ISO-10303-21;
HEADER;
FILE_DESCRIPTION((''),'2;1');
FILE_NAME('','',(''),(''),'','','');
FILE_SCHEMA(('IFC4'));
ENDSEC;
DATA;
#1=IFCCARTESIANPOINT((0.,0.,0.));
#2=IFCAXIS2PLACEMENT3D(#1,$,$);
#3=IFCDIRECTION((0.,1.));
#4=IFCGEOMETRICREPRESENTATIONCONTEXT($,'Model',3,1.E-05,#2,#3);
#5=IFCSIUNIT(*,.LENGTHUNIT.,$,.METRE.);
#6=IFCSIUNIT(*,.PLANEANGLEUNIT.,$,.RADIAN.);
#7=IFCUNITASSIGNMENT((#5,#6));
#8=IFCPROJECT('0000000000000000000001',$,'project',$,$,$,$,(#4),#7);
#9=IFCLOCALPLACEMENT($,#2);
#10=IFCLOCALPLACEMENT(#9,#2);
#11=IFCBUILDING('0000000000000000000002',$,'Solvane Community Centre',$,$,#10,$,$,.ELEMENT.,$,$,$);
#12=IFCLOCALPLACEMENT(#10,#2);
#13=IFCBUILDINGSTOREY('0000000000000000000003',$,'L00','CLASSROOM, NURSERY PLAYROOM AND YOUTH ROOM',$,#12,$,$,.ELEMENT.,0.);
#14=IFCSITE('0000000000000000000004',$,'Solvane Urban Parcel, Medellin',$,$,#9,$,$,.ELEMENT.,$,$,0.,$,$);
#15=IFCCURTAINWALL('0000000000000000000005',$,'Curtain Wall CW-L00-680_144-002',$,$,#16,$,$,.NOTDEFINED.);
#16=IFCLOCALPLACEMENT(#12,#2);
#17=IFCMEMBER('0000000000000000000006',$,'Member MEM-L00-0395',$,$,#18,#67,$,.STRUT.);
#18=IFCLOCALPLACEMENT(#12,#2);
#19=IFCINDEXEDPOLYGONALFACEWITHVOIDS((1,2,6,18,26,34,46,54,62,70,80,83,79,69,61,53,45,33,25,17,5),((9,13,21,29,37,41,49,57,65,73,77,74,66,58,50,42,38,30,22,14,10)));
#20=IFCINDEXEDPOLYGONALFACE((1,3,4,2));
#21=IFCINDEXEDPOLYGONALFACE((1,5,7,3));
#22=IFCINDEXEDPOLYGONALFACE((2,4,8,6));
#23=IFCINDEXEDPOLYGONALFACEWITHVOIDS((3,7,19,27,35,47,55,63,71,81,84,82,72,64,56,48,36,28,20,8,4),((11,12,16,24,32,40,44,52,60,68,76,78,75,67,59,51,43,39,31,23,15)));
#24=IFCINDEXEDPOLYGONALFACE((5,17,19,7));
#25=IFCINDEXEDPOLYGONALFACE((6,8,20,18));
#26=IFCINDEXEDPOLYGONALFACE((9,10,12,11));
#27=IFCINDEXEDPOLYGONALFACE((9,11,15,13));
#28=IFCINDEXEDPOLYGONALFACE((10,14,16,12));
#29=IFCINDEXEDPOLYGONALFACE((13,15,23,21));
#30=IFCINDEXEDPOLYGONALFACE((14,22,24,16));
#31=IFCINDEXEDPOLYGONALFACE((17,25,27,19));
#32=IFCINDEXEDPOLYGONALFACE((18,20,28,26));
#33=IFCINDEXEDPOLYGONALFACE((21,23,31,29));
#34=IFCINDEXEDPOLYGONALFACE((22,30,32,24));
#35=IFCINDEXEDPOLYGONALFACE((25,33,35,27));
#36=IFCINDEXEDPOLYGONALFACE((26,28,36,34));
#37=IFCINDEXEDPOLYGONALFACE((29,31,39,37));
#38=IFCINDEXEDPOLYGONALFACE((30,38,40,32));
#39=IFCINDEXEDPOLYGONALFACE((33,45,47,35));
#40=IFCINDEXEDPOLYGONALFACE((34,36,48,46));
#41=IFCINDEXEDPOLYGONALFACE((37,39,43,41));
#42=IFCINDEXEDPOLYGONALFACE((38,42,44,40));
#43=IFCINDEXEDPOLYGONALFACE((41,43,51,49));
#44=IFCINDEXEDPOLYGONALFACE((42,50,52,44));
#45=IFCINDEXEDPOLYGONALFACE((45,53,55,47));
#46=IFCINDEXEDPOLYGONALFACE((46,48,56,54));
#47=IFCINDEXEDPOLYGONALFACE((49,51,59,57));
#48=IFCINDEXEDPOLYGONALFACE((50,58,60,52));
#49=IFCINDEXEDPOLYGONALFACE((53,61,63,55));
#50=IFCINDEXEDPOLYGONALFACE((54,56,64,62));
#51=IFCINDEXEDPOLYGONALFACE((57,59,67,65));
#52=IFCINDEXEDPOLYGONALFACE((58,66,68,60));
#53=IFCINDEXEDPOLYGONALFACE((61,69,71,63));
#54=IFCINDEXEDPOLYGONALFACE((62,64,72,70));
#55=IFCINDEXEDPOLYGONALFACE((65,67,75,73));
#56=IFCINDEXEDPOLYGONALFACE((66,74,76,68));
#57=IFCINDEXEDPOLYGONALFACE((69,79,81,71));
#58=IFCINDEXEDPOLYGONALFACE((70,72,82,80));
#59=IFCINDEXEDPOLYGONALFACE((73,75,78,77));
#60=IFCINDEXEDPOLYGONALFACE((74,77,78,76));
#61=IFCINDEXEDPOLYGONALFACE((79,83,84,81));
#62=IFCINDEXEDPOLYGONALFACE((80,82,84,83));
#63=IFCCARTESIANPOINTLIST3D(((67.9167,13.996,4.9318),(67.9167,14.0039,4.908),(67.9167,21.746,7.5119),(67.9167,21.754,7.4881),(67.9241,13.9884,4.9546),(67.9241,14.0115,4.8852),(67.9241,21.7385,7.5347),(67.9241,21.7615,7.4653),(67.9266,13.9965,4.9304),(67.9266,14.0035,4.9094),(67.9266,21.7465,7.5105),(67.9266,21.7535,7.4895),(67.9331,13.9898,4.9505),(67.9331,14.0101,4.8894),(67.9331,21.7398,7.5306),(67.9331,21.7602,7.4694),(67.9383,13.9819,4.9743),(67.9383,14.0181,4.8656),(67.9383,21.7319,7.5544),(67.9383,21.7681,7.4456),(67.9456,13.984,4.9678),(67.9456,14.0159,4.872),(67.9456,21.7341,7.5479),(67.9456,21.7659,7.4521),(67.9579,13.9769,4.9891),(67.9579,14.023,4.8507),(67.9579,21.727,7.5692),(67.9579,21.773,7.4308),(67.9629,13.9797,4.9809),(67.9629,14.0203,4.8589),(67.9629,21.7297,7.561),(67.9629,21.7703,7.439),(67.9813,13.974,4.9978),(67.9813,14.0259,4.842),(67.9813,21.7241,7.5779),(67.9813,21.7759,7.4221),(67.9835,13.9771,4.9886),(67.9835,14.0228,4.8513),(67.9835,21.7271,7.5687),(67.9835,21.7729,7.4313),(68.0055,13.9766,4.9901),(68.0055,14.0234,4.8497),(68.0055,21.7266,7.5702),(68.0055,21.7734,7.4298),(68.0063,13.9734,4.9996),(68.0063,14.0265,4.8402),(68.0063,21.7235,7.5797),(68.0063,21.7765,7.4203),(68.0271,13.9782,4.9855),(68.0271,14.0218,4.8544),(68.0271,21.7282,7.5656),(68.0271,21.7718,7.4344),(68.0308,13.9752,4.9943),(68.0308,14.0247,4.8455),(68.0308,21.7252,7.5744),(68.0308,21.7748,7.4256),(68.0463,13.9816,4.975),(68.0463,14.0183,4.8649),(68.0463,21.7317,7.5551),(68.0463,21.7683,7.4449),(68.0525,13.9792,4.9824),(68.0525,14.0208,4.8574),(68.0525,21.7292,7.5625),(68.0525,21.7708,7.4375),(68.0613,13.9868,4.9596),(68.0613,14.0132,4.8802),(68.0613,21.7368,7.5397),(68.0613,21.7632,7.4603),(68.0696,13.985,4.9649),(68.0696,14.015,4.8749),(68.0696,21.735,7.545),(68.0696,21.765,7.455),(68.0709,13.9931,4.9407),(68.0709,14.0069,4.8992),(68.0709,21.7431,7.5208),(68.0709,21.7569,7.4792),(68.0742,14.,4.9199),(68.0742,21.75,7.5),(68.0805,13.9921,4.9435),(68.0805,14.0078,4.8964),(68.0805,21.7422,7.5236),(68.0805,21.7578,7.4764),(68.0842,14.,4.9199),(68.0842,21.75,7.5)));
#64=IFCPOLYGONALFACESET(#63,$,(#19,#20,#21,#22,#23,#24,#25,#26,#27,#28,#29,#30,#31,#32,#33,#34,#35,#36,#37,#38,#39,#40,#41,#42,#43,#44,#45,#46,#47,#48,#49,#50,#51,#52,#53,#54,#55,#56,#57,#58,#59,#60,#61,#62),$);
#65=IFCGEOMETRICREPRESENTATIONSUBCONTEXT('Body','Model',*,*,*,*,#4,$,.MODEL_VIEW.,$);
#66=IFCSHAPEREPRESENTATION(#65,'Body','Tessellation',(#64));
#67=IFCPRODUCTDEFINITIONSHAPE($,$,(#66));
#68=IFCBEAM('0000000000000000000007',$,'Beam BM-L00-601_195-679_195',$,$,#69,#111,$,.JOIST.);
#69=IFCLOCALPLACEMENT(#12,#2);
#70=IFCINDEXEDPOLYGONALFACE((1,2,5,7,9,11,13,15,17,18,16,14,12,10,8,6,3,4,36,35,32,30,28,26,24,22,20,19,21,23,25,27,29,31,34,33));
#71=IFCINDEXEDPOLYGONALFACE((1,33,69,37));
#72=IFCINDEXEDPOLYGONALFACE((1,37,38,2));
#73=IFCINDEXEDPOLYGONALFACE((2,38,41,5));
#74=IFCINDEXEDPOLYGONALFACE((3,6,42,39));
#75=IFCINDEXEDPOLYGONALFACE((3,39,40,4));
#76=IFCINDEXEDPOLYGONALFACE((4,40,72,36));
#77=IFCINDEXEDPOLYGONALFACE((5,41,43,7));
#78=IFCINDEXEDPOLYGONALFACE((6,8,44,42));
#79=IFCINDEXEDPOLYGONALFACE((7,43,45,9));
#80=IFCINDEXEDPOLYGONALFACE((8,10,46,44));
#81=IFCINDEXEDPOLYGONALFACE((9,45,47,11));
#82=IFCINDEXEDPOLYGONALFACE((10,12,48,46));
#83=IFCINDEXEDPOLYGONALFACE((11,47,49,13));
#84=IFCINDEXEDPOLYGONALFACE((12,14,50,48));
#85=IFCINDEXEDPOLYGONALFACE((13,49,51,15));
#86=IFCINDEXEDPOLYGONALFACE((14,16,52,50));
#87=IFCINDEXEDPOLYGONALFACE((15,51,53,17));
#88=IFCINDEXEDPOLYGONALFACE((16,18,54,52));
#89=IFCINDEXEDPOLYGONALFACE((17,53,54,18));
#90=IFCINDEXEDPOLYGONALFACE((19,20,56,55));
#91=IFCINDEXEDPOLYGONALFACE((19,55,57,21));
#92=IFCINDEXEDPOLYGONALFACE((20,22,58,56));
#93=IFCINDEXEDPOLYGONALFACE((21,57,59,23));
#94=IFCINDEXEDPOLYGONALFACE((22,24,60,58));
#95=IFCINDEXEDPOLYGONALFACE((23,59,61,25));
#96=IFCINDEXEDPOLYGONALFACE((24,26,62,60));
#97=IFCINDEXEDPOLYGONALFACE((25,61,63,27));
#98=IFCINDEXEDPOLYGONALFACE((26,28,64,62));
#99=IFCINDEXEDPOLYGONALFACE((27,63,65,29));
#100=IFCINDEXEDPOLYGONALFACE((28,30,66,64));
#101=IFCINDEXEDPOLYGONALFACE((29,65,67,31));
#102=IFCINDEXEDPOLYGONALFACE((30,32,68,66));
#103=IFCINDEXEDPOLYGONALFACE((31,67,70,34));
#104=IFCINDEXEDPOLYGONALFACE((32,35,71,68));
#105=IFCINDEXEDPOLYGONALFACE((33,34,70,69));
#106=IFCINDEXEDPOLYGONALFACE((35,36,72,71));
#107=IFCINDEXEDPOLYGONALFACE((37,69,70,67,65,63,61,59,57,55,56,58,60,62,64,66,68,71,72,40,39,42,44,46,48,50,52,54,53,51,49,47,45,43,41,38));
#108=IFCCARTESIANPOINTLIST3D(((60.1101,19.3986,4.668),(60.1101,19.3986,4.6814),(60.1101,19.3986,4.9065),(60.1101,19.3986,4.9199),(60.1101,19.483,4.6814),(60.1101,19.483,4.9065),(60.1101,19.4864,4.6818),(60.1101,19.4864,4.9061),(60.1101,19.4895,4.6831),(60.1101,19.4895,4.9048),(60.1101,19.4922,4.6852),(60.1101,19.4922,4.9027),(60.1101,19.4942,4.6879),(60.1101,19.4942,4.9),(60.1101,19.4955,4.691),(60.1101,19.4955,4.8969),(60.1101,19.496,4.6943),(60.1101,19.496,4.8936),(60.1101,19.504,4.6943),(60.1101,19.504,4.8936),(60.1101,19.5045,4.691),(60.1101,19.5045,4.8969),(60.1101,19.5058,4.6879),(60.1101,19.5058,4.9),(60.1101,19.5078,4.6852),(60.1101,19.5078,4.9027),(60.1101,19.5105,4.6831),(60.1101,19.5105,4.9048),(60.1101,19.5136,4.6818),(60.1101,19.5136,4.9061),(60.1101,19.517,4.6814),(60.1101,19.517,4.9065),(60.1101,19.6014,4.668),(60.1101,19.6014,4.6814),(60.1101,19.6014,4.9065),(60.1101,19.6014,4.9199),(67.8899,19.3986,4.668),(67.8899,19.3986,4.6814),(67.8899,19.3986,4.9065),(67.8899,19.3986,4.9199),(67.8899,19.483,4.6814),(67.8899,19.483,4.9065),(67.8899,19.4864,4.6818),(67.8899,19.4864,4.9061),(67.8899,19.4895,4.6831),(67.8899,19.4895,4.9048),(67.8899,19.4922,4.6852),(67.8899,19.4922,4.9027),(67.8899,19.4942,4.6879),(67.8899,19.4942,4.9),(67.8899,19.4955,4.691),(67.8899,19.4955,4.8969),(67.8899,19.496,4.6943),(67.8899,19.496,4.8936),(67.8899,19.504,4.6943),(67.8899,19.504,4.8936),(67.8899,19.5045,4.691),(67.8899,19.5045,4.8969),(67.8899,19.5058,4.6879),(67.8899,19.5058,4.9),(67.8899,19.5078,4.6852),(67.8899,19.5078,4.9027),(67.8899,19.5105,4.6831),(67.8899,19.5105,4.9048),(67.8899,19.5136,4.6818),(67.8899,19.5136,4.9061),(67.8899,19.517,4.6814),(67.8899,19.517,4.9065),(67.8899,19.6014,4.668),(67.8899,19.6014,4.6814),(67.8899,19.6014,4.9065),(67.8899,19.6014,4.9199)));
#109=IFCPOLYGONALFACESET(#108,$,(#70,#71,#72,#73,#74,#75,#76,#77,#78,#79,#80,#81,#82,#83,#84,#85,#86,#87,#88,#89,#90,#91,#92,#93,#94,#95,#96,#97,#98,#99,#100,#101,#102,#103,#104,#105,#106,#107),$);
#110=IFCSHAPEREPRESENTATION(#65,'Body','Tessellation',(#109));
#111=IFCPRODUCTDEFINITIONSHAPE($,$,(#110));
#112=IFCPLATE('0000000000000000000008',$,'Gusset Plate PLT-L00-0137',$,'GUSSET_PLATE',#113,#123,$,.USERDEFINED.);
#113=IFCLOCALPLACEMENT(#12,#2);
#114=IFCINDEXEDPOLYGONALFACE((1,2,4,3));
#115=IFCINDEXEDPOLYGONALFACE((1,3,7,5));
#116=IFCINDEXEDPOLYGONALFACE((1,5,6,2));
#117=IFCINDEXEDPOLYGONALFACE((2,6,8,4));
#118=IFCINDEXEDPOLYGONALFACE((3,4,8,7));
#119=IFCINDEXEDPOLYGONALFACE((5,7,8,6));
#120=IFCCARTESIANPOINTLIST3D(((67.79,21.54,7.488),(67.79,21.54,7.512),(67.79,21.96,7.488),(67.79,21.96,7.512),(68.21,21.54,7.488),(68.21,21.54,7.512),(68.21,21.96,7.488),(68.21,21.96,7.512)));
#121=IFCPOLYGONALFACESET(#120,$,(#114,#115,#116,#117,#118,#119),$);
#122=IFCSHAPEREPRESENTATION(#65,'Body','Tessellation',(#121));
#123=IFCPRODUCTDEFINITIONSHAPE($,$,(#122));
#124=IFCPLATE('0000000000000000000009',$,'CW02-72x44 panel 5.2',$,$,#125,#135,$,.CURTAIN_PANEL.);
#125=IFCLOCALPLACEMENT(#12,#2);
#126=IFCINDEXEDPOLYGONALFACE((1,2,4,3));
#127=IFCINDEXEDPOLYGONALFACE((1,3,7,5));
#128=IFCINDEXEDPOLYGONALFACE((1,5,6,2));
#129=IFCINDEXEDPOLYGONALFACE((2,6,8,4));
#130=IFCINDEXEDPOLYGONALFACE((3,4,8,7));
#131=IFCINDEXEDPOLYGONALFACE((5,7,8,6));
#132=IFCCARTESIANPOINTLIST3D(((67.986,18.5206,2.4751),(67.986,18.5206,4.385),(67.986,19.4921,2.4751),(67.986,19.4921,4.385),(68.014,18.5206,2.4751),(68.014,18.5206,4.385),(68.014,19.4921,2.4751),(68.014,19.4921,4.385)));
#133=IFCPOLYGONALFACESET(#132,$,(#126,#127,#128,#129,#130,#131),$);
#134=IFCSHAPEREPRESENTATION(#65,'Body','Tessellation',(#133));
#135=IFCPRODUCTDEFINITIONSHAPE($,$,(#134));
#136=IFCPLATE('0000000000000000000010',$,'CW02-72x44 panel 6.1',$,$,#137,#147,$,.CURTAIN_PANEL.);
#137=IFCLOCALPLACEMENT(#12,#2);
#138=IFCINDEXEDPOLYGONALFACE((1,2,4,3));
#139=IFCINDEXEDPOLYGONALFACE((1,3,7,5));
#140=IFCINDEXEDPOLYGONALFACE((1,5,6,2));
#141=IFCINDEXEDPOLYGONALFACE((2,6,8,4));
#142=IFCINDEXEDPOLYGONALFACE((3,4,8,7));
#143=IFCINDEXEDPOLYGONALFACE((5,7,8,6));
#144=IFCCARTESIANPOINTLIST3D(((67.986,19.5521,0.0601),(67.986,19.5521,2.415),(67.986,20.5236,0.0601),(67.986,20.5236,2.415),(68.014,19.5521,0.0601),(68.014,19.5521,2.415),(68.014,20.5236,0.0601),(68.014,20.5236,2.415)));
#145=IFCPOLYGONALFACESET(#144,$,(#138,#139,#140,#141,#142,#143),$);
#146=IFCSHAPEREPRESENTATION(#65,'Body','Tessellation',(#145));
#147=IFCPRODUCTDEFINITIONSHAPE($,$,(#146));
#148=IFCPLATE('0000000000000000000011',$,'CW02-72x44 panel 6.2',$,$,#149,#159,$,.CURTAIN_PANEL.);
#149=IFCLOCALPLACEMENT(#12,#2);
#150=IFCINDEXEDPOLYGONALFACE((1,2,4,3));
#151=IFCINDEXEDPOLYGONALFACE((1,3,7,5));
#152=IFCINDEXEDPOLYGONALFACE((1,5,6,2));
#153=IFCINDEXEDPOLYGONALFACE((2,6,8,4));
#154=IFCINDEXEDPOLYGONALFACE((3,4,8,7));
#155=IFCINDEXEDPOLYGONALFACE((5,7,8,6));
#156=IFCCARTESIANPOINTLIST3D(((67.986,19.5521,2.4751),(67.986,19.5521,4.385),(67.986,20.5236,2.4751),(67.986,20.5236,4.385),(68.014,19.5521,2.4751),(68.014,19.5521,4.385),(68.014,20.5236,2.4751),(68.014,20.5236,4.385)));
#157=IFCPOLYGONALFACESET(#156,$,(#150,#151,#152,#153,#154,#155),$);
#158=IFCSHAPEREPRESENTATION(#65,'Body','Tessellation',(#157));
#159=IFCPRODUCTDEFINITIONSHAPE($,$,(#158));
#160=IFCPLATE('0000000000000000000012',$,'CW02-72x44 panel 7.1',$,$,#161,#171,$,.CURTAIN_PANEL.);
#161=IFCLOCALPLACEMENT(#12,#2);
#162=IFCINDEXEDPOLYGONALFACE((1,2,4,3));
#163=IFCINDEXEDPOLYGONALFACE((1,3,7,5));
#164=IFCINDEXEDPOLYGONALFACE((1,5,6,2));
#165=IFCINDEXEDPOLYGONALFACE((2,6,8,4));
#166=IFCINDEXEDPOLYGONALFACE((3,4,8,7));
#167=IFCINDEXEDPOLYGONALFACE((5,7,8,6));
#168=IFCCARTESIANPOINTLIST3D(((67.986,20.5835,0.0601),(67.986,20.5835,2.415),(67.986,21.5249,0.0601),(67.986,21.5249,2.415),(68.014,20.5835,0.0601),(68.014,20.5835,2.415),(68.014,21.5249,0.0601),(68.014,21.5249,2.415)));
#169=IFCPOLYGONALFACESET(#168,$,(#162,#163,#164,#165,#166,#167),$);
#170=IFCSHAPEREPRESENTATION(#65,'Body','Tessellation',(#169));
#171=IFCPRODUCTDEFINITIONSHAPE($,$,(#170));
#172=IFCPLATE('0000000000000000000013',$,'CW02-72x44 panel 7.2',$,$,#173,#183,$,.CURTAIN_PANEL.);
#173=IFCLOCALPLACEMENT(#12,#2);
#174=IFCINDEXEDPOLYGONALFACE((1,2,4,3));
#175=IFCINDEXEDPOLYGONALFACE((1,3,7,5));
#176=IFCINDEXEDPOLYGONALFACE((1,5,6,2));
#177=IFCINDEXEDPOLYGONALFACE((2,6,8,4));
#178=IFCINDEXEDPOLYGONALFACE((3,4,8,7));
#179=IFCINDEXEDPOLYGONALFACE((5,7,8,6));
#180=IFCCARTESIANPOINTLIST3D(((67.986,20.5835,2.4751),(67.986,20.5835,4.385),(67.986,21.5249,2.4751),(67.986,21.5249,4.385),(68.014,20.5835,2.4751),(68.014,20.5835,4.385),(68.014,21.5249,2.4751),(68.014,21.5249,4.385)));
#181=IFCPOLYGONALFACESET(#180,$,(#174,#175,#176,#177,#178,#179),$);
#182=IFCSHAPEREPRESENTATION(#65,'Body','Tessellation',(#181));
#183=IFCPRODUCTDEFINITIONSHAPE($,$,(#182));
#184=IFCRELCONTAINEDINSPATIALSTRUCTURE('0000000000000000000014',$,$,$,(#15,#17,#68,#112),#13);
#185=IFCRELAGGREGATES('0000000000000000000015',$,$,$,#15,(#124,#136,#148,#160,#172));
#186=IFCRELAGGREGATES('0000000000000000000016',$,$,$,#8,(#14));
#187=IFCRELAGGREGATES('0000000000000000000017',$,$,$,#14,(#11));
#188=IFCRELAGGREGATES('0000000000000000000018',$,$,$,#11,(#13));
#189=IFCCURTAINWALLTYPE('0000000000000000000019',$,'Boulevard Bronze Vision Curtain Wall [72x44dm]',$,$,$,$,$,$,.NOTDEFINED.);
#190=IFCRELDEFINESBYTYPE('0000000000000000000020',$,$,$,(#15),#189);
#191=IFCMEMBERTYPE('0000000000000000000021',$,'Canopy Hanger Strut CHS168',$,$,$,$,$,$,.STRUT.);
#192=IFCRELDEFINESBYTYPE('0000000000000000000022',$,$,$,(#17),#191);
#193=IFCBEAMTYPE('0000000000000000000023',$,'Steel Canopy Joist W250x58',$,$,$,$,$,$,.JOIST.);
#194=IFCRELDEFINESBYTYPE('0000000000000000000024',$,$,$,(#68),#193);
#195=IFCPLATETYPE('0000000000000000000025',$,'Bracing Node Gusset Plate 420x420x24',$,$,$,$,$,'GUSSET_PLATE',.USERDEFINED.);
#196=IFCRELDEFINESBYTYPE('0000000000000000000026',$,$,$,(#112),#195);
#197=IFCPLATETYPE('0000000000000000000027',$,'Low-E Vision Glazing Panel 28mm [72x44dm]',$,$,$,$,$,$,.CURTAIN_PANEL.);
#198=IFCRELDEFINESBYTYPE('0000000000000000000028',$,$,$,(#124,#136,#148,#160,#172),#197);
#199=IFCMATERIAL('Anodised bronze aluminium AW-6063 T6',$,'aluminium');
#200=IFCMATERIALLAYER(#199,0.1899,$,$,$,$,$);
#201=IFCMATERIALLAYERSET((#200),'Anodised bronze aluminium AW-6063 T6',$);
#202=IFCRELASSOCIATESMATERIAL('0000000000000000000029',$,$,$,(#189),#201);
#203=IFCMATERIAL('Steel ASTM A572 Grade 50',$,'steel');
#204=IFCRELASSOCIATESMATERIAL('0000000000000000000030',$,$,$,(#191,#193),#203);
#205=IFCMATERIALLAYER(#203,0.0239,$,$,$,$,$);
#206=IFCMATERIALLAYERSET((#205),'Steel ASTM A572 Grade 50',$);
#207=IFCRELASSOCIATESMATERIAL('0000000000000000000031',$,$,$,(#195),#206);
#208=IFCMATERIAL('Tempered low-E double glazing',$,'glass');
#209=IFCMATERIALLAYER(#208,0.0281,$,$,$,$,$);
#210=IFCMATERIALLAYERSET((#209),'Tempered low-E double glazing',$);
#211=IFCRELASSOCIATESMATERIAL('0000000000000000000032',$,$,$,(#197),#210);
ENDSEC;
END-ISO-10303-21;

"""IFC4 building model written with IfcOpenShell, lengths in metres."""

from ifc_helpers import new_model, si_unit, direction, frame, origin, origin_2d, place, context, subcontext, project, spatial, rectangle, hollow_circle, i_section, extrude, material, layer, layer_set, material_profile, profile_set, type_object, element, aggregate, save


model = new_model("IFC4")

# Units and contexts
model_context = context("Model", 3, precision=1e-05, world=origin(), true_north=direction((0.0, 1.0)))
body_context = subcontext(model_context, "Body", "Model", "MODEL_VIEW")
ifc_project = project(units=[si_unit("LENGTHUNIT", "METRE"), si_unit("PLANEANGLEUNIT", "RADIAN")], contexts=[model_context])

# Site, building, storey
site_placement = place(None, origin())
site = spatial("IfcSite", under=ifc_project, at=site_placement, Name="Solvane Urban Parcel, Medellin", CompositionType="ELEMENT", RefElevation=0.0)
building_placement = place(site_placement, origin())
building = spatial("IfcBuilding", under=site, at=building_placement, Name="Solvane Community Centre", CompositionType="ELEMENT")
storey_placement = place(building_placement, origin())
storey = spatial("IfcBuildingStorey", under=building, at=storey_placement, Name="L00", Description="CLASSROOM, NURSERY PLAYROOM AND YOUTH ROOM", CompositionType="ELEMENT", Elevation=0.0)

# Curtain wall
ifc_material_1 = material(Name="Anodised bronze aluminium AW-6063 T6", Category="aluminium")
ifc_layer_1 = layer(ifc_material_1, 0.1899)
ifc_layer_set_1 = layer_set([ifc_layer_1], Name="Anodised bronze aluminium AW-6063 T6")
curtain_wall_type = type_object("IfcCurtainWallType", Name="Boulevard Bronze Vision Curtain Wall [72x44dm]", PredefinedType="NOTDEFINED", material=ifc_layer_set_1)
curtain_wall_placement = place(storey_placement, origin())
curtain_wall = element("IfcCurtainWall", 1, at=curtain_wall_placement, inside=storey, type_object=curtain_wall_type, Name="Curtain Wall CW-L00-680_144-002", PredefinedType="NOTDEFINED")

# Member
ifc_material_2 = material(Name="Steel ASTM A572 Grade 50", Category="steel")
ifc_material_profile_1 = material_profile(ifc_material_2, hollow_circle(Radius=0.0842, WallThickness=0.01, at=origin_2d()), Name="CHS 168.3x10.0")
ifc_profile_set_1 = profile_set([ifc_material_profile_1], Name="Steel ASTM A572 Grade 50")
member_type_1 = type_object("IfcMemberType", Name="Canopy Hanger Strut CHS168", PredefinedType="STRUT", material=ifc_profile_set_1)
member_1_placement = place(storey_placement, frame((68.0, 21.75, 7.5), z_axis=(0.0, -0.948803, -0.315869), x_axis=(1.0, 0.0, 0.0)))
element("IfcMember", 2, at=member_1_placement, inside=storey, type_object=member_type_1, Name="Member MEM-L00-0395", PredefinedType="STRUT", context=body_context, shape_type="SweptSolid", body=[
    extrude(hollow_circle(Radius=0.0842, WallThickness=0.01, at=origin_2d()), origin(), (0.0, 0.0, 1.0), 8.1682),
])

# Beam
ifc_material_profile_2 = material_profile(ifc_material_2, i_section(OverallWidth=0.2029, OverallDepth=0.252, WebThickness=0.0081, FlangeThickness=0.0134, FilletRadius=0.0129, at=origin_2d()), Name="W250x58")
ifc_profile_set_2 = profile_set([ifc_material_profile_2], Name="Steel ASTM A572 Grade 50")
beam_type = type_object("IfcBeamType", Name="Steel Canopy Joist W250x58", PredefinedType="JOIST", material=ifc_profile_set_2)
beam_placement = place(storey_placement, frame((60.1101, 19.5, 4.7939), z_axis=(1.0, 0.0, 0.0), x_axis=(0.0, 1.0, 0.0)))
element("IfcBeam", 3, at=beam_placement, inside=storey, type_object=beam_type, Name="Beam BM-L00-601_195-679_195", PredefinedType="JOIST", context=body_context, shape_type="SweptSolid", body=[
    extrude(i_section(OverallWidth=0.2029, OverallDepth=0.252, WebThickness=0.0081, FlangeThickness=0.0134, FilletRadius=0.0129, at=origin_2d()), origin(), (0.0, 0.0, 1.0), 7.7798),
])

# Plates
ifc_layer_2 = layer(ifc_material_2, 0.0239)
ifc_layer_set_2 = layer_set([ifc_layer_2], Name="Steel ASTM A572 Grade 50")
plate_type_1 = type_object("IfcPlateType", Name="Bracing Node Gusset Plate 420x420x24", ElementType="GUSSET_PLATE", PredefinedType="USERDEFINED", material=ifc_layer_set_2)
plate_1_placement = place(storey_placement, frame((68.0, 21.75, 7.488), z_axis=(0.0, 0.0, 1.0), x_axis=(1.0, 0.0, 0.0)))
element("IfcPlate", 4, at=plate_1_placement, inside=storey, type_object=plate_type_1, Name="Gusset Plate PLT-L00-0137", ObjectType="GUSSET_PLATE", PredefinedType="USERDEFINED", context=body_context, shape_type="SweptSolid", body=[
    extrude(rectangle(XDim=0.4199, YDim=0.4199, at=origin_2d()), origin(), (0.0, 0.0, 1.0), 0.0239),
])
ifc_material_3 = material(Name="Tempered low-E double glazing", Category="glass")
ifc_layer_3 = layer(ifc_material_3, 0.0281)
ifc_layer_set_3 = layer_set([ifc_layer_3], Name="Tempered low-E double glazing")
plate_type_2 = type_object("IfcPlateType", Name="Low-E Vision Glazing Panel 28mm [72x44dm]", PredefinedType="CURTAIN_PANEL", material=ifc_layer_set_3)
plate_2_placement = place(storey_placement, frame((68.0, 19.0063, 2.4751), z_axis=(0.0, 0.0, 1.0), x_axis=(0.0, 1.0, 0.0)))
plate_2 = element("IfcPlate", 5, at=plate_2_placement, type_object=plate_type_2, Name="CW02-72x44 panel 5.2", PredefinedType="CURTAIN_PANEL", context=body_context, shape_type="SweptSolid", body=[
    extrude(rectangle(XDim=0.9714, YDim=0.0281, at=origin_2d()), origin(), (0.0, 0.0, 1.0), 1.9099),
])
plate_3_placement = place(storey_placement, frame((68.0, 20.0378, 0.0601), z_axis=(0.0, 0.0, 1.0), x_axis=(0.0, 1.0, 0.0)))
plate_3 = element("IfcPlate", 6, at=plate_3_placement, type_object=plate_type_2, Name="CW02-72x44 panel 6.1", PredefinedType="CURTAIN_PANEL", context=body_context, shape_type="SweptSolid", body=[
    extrude(rectangle(XDim=0.9714, YDim=0.0281, at=origin_2d()), origin(), (0.0, 0.0, 1.0), 2.355),
])
plate_4_placement = place(storey_placement, frame((68.0, 20.0378, 2.4751), z_axis=(0.0, 0.0, 1.0), x_axis=(0.0, 1.0, 0.0)))
plate_4 = element("IfcPlate", 7, at=plate_4_placement, type_object=plate_type_2, Name="CW02-72x44 panel 6.2", PredefinedType="CURTAIN_PANEL", context=body_context, shape_type="SweptSolid", body=[
    extrude(rectangle(XDim=0.9714, YDim=0.0281, at=origin_2d()), origin(), (0.0, 0.0, 1.0), 1.9099),
])
plate_5_placement = place(storey_placement, frame((68.0, 21.0542, 0.0601), z_axis=(0.0, 0.0, 1.0), x_axis=(0.0, 1.0, 0.0)))
plate_5 = element("IfcPlate", 8, at=plate_5_placement, type_object=plate_type_2, Name="CW02-72x44 panel 7.1", PredefinedType="CURTAIN_PANEL", context=body_context, shape_type="SweptSolid", body=[
    extrude(rectangle(XDim=0.9414, YDim=0.0281, at=origin_2d()), origin(), (0.0, 0.0, 1.0), 2.355),
])
plate_6_placement = place(storey_placement, frame((68.0, 21.0542, 2.4751), z_axis=(0.0, 0.0, 1.0), x_axis=(0.0, 1.0, 0.0)))
plate_6 = element("IfcPlate", 9, at=plate_6_placement, type_object=plate_type_2, Name="CW02-72x44 panel 7.2", PredefinedType="CURTAIN_PANEL", context=body_context, shape_type="SweptSolid", body=[
    extrude(rectangle(XDim=0.9414, YDim=0.0281, at=origin_2d()), origin(), (0.0, 0.0, 1.0), 1.9099),
])
aggregate(curtain_wall, [plate_2, plate_3, plate_4, plate_5, plate_6])

save(model, "model.ifc")
